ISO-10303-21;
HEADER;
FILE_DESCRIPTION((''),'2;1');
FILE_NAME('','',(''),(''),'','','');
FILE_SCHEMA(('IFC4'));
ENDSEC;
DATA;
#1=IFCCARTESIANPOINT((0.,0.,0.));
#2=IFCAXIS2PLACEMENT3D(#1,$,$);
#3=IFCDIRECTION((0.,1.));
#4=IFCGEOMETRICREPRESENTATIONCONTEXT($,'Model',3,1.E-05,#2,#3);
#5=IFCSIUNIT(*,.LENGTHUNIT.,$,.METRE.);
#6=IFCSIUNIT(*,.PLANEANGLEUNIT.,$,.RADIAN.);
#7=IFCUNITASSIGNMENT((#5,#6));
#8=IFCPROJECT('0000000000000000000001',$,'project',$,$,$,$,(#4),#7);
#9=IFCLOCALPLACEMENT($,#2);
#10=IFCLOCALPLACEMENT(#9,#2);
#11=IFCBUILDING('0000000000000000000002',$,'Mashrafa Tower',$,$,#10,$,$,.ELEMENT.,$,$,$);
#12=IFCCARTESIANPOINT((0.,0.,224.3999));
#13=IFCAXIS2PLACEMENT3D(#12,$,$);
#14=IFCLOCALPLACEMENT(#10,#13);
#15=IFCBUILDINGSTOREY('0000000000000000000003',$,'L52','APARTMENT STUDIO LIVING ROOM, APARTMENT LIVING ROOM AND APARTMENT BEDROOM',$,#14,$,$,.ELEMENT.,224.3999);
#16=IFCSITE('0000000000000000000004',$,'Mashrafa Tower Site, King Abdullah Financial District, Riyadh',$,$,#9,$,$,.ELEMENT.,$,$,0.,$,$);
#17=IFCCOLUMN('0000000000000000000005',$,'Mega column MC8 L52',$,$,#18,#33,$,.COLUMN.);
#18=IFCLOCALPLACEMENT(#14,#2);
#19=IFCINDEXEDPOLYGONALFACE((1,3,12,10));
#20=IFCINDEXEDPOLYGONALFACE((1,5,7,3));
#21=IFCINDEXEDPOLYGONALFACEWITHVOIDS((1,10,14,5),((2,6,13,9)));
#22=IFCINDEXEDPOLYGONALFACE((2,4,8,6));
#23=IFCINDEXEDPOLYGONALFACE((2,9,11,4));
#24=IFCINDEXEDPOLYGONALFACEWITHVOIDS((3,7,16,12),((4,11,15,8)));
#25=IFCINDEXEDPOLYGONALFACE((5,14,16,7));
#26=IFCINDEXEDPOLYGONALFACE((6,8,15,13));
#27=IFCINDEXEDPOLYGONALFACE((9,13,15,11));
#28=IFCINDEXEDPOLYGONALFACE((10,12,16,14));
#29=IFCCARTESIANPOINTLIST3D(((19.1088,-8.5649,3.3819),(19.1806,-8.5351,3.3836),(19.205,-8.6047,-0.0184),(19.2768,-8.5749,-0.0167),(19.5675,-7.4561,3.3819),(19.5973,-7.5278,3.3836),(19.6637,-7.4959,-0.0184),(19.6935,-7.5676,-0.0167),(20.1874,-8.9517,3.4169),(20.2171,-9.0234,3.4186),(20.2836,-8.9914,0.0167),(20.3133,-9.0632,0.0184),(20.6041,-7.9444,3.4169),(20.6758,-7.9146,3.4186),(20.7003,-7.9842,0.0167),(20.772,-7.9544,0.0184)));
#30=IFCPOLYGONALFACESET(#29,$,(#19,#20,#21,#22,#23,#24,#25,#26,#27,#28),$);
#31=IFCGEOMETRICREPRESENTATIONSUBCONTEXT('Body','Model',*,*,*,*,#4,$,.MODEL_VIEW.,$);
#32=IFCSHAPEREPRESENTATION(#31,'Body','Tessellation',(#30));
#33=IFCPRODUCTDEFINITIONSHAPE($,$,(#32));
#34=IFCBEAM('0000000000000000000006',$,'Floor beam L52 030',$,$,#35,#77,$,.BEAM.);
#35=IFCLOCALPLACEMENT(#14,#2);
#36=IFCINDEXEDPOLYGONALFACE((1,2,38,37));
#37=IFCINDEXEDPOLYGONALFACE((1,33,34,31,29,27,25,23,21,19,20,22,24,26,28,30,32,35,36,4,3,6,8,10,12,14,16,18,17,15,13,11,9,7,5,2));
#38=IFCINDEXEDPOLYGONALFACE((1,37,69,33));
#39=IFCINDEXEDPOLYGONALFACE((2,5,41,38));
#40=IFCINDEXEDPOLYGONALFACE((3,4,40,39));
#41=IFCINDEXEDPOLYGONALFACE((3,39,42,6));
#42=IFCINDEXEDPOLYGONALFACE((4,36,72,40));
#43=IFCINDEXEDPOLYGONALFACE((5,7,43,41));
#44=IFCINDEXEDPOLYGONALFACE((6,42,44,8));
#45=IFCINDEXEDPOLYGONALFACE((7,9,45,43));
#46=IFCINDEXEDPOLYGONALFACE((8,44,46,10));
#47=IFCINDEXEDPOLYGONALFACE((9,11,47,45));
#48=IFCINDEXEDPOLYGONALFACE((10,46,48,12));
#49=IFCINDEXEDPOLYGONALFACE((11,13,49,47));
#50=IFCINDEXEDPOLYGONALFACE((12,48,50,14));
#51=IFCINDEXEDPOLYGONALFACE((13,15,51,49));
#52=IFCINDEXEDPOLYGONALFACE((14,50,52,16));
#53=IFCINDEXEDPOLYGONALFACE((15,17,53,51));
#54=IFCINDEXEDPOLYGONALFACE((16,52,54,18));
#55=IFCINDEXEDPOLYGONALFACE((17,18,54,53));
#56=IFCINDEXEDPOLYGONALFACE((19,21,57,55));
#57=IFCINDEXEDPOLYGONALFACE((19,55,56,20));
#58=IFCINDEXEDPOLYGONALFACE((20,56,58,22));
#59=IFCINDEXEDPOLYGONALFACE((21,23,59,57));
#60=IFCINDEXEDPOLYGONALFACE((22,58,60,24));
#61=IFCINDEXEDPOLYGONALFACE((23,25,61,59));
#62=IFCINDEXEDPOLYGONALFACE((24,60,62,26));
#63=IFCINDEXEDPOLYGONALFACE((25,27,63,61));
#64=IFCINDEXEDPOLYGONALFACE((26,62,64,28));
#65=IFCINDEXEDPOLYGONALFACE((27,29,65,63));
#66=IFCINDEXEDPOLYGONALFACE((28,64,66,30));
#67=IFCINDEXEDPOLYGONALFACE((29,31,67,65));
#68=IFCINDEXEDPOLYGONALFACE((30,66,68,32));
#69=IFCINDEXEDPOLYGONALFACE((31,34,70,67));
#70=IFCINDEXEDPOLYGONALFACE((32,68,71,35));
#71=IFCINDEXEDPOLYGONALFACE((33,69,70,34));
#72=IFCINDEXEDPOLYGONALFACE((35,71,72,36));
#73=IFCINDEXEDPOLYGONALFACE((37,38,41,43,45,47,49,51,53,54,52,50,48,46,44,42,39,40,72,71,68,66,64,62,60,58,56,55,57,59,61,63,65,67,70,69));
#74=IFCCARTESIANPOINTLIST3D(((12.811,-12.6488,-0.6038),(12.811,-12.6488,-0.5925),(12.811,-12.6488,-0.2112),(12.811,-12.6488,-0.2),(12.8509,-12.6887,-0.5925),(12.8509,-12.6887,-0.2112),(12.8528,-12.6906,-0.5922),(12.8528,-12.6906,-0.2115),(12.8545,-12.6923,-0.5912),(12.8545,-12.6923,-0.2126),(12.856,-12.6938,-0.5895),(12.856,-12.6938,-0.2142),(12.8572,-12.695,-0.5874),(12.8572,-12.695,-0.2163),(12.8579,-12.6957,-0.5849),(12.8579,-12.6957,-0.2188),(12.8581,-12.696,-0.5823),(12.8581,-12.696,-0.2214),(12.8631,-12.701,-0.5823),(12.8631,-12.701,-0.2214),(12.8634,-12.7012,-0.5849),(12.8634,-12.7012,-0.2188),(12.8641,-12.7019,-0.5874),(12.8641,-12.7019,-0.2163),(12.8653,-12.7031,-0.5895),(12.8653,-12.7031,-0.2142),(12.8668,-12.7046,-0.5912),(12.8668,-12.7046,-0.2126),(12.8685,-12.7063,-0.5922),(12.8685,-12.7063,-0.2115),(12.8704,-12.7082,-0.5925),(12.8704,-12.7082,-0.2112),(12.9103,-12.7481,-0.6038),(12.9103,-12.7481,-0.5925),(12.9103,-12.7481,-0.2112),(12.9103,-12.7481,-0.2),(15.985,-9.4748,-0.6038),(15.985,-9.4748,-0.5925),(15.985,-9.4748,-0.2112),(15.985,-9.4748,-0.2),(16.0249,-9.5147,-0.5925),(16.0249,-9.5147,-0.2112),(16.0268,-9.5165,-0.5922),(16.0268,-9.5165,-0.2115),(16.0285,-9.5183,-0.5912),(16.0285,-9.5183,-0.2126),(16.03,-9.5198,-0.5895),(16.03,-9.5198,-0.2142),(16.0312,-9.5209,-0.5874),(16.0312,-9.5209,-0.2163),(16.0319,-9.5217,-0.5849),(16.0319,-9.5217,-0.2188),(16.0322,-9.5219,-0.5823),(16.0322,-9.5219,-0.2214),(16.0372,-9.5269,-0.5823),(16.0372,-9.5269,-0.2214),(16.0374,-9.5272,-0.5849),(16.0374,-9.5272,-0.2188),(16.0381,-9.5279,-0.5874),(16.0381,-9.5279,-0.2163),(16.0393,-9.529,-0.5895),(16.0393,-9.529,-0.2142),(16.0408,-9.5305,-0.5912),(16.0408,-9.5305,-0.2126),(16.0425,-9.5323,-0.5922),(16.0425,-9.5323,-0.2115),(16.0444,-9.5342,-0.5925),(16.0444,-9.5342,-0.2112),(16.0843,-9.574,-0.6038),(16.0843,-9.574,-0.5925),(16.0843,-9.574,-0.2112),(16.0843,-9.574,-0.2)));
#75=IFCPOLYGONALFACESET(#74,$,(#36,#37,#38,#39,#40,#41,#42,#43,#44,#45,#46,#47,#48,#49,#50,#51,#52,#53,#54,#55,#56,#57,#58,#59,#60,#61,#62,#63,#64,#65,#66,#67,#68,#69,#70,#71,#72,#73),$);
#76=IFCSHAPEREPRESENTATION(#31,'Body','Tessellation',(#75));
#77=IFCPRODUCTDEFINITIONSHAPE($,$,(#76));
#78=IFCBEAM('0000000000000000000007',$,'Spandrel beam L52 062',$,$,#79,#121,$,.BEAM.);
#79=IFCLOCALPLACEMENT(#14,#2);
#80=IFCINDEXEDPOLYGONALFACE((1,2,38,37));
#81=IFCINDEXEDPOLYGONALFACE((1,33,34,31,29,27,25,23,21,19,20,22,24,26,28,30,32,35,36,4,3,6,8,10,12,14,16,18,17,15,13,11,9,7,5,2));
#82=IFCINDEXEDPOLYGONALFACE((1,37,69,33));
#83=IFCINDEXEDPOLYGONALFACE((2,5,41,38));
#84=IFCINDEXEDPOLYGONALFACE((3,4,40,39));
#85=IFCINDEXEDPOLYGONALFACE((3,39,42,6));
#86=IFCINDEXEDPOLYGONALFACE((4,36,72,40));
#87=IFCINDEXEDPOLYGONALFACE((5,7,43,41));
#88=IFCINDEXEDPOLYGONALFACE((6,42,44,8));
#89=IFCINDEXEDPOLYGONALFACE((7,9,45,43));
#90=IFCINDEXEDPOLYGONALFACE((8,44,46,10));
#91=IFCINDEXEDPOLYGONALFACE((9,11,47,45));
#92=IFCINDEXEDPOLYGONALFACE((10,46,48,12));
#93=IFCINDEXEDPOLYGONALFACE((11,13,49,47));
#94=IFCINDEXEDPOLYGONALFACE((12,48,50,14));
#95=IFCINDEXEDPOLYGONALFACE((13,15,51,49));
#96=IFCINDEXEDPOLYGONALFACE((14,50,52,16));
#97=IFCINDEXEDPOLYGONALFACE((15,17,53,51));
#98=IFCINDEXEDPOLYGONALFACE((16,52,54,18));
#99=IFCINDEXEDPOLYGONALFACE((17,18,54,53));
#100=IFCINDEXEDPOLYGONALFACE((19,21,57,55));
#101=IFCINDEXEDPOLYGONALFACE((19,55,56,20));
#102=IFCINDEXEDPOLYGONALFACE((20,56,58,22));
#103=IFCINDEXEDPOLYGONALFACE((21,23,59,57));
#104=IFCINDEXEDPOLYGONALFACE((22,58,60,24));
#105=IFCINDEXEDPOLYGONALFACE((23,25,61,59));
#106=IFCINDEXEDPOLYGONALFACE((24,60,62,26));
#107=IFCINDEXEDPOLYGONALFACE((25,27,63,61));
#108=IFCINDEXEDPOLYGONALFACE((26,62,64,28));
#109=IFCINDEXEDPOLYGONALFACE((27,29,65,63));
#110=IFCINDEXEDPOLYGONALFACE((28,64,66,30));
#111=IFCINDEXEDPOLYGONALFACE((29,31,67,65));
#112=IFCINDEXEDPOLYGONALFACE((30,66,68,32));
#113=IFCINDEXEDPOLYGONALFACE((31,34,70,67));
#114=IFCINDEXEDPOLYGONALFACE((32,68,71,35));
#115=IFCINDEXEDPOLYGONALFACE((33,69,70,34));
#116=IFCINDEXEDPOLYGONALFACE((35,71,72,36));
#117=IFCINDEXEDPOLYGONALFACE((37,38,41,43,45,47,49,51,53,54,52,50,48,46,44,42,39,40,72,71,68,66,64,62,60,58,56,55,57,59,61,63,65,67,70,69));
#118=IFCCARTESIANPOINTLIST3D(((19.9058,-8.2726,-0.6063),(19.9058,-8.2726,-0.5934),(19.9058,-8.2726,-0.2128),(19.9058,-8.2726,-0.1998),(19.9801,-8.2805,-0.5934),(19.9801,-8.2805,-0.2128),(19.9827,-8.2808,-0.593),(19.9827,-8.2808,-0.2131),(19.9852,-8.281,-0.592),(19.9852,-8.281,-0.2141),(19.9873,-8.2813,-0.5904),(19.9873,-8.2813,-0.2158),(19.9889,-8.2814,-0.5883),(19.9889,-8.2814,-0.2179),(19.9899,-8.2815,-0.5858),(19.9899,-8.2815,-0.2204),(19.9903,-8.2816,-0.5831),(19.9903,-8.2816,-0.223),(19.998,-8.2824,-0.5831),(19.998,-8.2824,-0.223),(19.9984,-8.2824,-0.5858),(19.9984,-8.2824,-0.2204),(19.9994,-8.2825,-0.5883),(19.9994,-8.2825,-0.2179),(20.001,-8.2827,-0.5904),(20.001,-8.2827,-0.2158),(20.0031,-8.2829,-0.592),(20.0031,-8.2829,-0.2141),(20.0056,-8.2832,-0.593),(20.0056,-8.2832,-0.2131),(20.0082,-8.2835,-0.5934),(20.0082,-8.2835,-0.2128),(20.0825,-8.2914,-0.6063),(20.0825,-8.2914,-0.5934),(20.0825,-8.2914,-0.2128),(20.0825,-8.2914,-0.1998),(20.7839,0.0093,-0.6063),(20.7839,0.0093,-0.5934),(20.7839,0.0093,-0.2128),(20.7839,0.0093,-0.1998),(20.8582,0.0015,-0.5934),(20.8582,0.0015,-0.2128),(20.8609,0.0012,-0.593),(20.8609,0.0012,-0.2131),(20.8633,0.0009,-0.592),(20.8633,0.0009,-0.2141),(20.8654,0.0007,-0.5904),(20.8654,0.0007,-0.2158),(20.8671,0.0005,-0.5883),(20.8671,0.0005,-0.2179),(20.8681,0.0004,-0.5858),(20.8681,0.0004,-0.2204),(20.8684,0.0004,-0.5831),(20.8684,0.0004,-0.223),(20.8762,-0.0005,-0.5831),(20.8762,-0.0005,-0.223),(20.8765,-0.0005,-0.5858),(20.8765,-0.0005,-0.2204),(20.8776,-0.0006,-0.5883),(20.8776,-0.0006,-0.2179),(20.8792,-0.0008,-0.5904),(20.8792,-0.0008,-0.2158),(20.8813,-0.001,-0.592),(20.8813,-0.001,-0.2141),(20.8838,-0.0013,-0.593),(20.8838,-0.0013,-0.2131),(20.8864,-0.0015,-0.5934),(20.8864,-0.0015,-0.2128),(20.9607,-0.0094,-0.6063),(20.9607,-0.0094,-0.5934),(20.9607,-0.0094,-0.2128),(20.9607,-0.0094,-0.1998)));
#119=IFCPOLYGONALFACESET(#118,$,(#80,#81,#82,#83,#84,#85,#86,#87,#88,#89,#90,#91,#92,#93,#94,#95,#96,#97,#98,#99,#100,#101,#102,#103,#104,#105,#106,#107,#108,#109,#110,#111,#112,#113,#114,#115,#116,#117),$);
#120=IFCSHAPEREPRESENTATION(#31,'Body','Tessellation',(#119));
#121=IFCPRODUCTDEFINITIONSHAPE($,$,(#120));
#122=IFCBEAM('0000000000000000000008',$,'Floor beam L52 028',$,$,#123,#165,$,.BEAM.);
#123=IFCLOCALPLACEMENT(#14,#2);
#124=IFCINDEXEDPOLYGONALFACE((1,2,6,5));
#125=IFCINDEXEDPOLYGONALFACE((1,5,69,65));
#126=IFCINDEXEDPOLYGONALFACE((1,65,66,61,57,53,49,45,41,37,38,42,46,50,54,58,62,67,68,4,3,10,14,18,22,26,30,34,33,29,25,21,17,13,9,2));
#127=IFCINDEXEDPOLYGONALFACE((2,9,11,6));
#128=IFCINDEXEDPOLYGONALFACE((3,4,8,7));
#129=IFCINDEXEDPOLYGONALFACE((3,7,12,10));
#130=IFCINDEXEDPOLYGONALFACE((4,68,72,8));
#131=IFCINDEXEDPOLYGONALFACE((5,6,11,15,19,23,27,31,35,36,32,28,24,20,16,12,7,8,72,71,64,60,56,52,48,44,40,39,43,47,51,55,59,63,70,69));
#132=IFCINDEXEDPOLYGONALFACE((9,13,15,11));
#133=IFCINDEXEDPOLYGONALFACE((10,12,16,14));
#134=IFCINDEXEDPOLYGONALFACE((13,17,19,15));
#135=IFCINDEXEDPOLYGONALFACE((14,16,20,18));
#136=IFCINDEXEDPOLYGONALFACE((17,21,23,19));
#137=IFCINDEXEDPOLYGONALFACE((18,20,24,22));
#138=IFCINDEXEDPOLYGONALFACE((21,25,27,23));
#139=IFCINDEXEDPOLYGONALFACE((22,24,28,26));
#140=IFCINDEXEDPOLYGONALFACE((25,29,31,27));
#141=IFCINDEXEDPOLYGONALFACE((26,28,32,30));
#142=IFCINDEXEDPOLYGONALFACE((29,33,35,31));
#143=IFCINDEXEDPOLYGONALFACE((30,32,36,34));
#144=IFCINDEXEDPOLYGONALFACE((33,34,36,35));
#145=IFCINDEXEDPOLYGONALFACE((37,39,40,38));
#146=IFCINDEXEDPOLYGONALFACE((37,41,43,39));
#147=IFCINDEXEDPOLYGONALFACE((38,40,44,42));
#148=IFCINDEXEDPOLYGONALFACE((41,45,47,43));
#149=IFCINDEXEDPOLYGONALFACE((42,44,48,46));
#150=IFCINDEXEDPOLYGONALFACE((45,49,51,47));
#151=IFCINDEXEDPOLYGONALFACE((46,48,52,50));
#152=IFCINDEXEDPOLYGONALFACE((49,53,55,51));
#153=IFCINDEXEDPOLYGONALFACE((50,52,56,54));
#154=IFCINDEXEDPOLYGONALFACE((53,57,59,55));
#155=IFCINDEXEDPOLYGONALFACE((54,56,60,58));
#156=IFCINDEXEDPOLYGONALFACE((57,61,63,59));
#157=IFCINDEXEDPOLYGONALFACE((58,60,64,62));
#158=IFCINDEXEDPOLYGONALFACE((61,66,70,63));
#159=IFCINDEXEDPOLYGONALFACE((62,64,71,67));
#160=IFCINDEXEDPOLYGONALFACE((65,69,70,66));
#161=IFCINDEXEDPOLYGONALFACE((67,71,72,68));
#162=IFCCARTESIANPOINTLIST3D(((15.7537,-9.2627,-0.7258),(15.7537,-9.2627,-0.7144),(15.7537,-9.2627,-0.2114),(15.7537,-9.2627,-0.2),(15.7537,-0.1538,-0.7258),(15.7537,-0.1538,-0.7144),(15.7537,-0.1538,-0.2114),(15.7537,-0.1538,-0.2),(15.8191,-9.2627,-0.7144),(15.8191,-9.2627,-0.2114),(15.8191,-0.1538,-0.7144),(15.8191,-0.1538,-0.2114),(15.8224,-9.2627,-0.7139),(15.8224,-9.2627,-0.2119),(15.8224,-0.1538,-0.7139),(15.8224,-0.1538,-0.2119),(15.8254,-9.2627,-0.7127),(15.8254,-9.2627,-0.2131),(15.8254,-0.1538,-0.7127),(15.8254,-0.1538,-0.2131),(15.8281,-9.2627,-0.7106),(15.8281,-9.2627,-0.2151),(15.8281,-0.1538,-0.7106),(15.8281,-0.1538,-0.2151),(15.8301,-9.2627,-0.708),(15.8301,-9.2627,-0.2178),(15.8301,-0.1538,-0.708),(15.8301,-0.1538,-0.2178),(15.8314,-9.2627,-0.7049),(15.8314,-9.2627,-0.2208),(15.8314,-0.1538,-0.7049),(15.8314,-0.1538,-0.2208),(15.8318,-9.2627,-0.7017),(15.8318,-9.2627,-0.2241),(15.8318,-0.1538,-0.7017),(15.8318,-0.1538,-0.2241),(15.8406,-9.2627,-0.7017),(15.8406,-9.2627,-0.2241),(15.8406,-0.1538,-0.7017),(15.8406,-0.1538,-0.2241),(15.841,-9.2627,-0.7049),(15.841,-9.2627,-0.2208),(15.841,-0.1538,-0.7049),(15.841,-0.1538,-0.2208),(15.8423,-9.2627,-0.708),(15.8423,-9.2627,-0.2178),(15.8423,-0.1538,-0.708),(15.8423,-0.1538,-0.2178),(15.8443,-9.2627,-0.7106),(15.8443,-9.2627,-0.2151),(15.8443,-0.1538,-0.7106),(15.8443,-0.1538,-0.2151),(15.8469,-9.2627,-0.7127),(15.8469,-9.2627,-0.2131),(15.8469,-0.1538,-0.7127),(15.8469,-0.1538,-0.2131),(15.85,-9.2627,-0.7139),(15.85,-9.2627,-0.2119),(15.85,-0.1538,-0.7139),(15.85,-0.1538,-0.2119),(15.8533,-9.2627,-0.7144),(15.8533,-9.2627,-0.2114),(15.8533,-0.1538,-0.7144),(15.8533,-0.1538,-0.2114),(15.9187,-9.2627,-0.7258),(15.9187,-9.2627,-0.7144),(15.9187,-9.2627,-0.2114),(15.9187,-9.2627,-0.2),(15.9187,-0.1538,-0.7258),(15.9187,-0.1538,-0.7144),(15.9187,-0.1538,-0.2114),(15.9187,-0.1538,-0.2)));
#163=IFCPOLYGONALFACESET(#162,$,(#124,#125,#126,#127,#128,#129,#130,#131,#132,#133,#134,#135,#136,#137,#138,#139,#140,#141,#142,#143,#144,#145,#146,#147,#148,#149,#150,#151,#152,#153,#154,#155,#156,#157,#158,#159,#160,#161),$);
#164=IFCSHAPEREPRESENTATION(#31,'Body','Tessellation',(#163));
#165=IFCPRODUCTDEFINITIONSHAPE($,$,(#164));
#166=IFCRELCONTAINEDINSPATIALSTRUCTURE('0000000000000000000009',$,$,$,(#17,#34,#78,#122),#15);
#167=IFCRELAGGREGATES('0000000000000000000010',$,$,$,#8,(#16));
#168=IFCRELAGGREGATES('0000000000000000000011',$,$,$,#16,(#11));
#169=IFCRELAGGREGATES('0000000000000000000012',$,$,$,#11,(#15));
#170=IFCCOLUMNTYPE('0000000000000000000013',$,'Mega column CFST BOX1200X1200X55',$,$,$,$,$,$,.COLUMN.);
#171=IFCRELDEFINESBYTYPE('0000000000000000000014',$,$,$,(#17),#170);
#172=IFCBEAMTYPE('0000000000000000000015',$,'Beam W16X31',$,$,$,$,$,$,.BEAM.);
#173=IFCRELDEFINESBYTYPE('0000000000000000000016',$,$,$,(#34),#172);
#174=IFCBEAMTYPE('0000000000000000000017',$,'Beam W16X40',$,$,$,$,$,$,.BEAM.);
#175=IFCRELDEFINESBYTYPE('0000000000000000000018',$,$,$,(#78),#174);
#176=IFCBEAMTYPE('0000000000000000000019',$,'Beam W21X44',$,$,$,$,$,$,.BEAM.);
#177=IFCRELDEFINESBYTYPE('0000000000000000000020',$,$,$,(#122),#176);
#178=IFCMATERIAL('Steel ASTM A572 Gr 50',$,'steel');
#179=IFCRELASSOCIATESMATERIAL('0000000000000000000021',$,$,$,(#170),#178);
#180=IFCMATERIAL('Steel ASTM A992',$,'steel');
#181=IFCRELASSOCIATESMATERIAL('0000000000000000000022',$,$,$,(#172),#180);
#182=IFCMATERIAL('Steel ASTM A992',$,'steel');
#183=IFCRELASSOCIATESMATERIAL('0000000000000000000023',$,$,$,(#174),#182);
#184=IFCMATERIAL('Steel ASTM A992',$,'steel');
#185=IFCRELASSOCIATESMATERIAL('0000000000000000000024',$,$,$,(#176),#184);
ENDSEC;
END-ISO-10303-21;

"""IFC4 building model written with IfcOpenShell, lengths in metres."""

from ifc_helpers import new_model, si_unit, direction, frame, origin, origin_2d, place, context, subcontext, project, spatial, hollow_rectangle, i_section, extrude, material, material_profile, profile_set, type_object, element, save


model = new_model("IFC4")

# Units and contexts
model_context = context("Model", 3, precision=1e-05, world=origin(), true_north=direction((0.0, 1.0)))
body_context = subcontext(model_context, "Body", "Model", "MODEL_VIEW")
ifc_project = project(units=[si_unit("LENGTHUNIT", "METRE"), si_unit("PLANEANGLEUNIT", "RADIAN")], contexts=[model_context])

# Site, building, storey
site_placement = place(None, origin())
site = spatial("IfcSite", under=ifc_project, at=site_placement, Name="Mashrafa Tower Site, King Abdullah Financial District, Riyadh", CompositionType="ELEMENT", RefElevation=0.0)
building_placement = place(site_placement, origin())
building = spatial("IfcBuilding", under=site, at=building_placement, Name="Mashrafa Tower", CompositionType="ELEMENT")
storey_placement = place(building_placement, frame((0.0, 0.0, 224.3999)))
storey = spatial("IfcBuildingStorey", under=building, at=storey_placement, Name="L52", Description="APARTMENT STUDIO LIVING ROOM, APARTMENT LIVING ROOM AND APARTMENT BEDROOM", CompositionType="ELEMENT", Elevation=224.3999)

# Column
ifc_material_1 = material(Name="Steel ASTM A572 Gr 50", Category="steel")
ifc_material_profile_1 = material_profile(ifc_material_1, hollow_rectangle(XDim=1.2, YDim=1.2, WallThickness=0.0549, at=origin_2d()), Name="BOX1200X1200X55")
ifc_profile_set_1 = profile_set([ifc_material_profile_1], Name="Steel ASTM A572 Gr 50")
column_type = type_object("IfcColumnType", Name="Mega column CFST BOX1200X1200X55", PredefinedType="COLUMN", material=ifc_profile_set_1)
column_placement = place(storey_placement, frame((19.9885, -8.2795, 0.0), z_axis=(-0.028277, 0.011698, 0.999532), x_axis=(-0.382283, -0.924045, 0.0)))
element("IfcColumn", 1, at=column_placement, inside=storey, type_object=column_type, Name="Mega column MC8 L52", PredefinedType="COLUMN", context=body_context, shape_type="SweptSolid", body=[
    extrude(hollow_rectangle(XDim=1.2, YDim=1.2, WallThickness=0.0549, at=origin_2d()), origin(), (0.0, 0.0, 1.0), 3.4019),
])

# Beams
ifc_material_2 = material(Name="Steel ASTM A992", Category="steel")
ifc_material_profile_2 = material_profile(ifc_material_2, i_section(OverallWidth=0.1404, OverallDepth=0.4038, WebThickness=0.0071, FlangeThickness=0.0112, FilletRadius=0.0103, at=origin_2d()), Name="W16X31")
ifc_profile_set_2 = profile_set([ifc_material_profile_2], Name="Steel ASTM A992")
beam_type_1 = type_object("IfcBeamType", Name="Beam W16X31", PredefinedType="BEAM", material=ifc_profile_set_2)
beam_1_placement = place(storey_placement, frame((16.0347, -9.5244, -0.4019), z_axis=(-0.707107, -0.707107, 0.0), x_axis=(0.707107, -0.707107, 0.0)))
element("IfcBeam", 2, at=beam_1_placement, inside=storey, type_object=beam_type_1, Name="Floor beam L52 030", PredefinedType="BEAM", context=body_context, shape_type="SweptSolid", body=[
    extrude(i_section(OverallWidth=0.1404, OverallDepth=0.4038, WebThickness=0.0071, FlangeThickness=0.0112, FilletRadius=0.0103, at=origin_2d()), origin(), (0.0, 0.0, 1.0), 4.4888),
])
ifc_material_3 = material(Name="Steel ASTM A992", Category="steel")
ifc_material_profile_3 = material_profile(ifc_material_3, i_section(OverallWidth=0.1777, OverallDepth=0.4065, WebThickness=0.0078, FlangeThickness=0.0129, FilletRadius=0.0103, at=origin_2d()), Name="W16X40")
ifc_profile_set_3 = profile_set([ifc_material_profile_3], Name="Steel ASTM A992")
beam_type_2 = type_object("IfcBeamType", Name="Beam W16X40", PredefinedType="BEAM", material=ifc_profile_set_3)
beam_2_placement = place(storey_placement, frame((19.9941, -8.282, -0.4031), z_axis=(0.105443, 0.994425, 0.0), x_axis=(-0.994425, 0.105443, 0.0)))
element("IfcBeam", 3, at=beam_2_placement, inside=storey, type_object=beam_type_2, Name="Spandrel beam L52 062", PredefinedType="BEAM", context=body_context, shape_type="SweptSolid", body=[
    extrude(i_section(OverallWidth=0.1777, OverallDepth=0.4065, WebThickness=0.0078, FlangeThickness=0.0129, FilletRadius=0.0103, at=origin_2d()), origin(), (0.0, 0.0, 1.0), 8.3284),
])
ifc_material_4 = material(Name="Steel ASTM A992", Category="steel")
ifc_material_profile_4 = material_profile(ifc_material_4, i_section(OverallWidth=0.165, OverallDepth=0.5259, WebThickness=0.0088, FlangeThickness=0.0115, FilletRadius=0.0127, at=origin_2d()), Name="W21X44")
ifc_profile_set_4 = profile_set([ifc_material_profile_4], Name="Steel ASTM A992")
beam_type_3 = type_object("IfcBeamType", Name="Beam W21X44", PredefinedType="BEAM", material=ifc_profile_set_4)
beam_3_placement = place(storey_placement, frame((15.8362, -0.1538, -0.4629), z_axis=(0.0, -1.0, 0.0), x_axis=(1.0, 0.0, 0.0)))
element("IfcBeam", 4, at=beam_3_placement, inside=storey, type_object=beam_type_3, Name="Floor beam L52 028", PredefinedType="BEAM", context=body_context, shape_type="SweptSolid", body=[
    extrude(i_section(OverallWidth=0.165, OverallDepth=0.5259, WebThickness=0.0088, FlangeThickness=0.0115, FilletRadius=0.0127, at=origin_2d()), origin(), (0.0, 0.0, 1.0), 9.1089),
])

save(model, "model.ifc")
